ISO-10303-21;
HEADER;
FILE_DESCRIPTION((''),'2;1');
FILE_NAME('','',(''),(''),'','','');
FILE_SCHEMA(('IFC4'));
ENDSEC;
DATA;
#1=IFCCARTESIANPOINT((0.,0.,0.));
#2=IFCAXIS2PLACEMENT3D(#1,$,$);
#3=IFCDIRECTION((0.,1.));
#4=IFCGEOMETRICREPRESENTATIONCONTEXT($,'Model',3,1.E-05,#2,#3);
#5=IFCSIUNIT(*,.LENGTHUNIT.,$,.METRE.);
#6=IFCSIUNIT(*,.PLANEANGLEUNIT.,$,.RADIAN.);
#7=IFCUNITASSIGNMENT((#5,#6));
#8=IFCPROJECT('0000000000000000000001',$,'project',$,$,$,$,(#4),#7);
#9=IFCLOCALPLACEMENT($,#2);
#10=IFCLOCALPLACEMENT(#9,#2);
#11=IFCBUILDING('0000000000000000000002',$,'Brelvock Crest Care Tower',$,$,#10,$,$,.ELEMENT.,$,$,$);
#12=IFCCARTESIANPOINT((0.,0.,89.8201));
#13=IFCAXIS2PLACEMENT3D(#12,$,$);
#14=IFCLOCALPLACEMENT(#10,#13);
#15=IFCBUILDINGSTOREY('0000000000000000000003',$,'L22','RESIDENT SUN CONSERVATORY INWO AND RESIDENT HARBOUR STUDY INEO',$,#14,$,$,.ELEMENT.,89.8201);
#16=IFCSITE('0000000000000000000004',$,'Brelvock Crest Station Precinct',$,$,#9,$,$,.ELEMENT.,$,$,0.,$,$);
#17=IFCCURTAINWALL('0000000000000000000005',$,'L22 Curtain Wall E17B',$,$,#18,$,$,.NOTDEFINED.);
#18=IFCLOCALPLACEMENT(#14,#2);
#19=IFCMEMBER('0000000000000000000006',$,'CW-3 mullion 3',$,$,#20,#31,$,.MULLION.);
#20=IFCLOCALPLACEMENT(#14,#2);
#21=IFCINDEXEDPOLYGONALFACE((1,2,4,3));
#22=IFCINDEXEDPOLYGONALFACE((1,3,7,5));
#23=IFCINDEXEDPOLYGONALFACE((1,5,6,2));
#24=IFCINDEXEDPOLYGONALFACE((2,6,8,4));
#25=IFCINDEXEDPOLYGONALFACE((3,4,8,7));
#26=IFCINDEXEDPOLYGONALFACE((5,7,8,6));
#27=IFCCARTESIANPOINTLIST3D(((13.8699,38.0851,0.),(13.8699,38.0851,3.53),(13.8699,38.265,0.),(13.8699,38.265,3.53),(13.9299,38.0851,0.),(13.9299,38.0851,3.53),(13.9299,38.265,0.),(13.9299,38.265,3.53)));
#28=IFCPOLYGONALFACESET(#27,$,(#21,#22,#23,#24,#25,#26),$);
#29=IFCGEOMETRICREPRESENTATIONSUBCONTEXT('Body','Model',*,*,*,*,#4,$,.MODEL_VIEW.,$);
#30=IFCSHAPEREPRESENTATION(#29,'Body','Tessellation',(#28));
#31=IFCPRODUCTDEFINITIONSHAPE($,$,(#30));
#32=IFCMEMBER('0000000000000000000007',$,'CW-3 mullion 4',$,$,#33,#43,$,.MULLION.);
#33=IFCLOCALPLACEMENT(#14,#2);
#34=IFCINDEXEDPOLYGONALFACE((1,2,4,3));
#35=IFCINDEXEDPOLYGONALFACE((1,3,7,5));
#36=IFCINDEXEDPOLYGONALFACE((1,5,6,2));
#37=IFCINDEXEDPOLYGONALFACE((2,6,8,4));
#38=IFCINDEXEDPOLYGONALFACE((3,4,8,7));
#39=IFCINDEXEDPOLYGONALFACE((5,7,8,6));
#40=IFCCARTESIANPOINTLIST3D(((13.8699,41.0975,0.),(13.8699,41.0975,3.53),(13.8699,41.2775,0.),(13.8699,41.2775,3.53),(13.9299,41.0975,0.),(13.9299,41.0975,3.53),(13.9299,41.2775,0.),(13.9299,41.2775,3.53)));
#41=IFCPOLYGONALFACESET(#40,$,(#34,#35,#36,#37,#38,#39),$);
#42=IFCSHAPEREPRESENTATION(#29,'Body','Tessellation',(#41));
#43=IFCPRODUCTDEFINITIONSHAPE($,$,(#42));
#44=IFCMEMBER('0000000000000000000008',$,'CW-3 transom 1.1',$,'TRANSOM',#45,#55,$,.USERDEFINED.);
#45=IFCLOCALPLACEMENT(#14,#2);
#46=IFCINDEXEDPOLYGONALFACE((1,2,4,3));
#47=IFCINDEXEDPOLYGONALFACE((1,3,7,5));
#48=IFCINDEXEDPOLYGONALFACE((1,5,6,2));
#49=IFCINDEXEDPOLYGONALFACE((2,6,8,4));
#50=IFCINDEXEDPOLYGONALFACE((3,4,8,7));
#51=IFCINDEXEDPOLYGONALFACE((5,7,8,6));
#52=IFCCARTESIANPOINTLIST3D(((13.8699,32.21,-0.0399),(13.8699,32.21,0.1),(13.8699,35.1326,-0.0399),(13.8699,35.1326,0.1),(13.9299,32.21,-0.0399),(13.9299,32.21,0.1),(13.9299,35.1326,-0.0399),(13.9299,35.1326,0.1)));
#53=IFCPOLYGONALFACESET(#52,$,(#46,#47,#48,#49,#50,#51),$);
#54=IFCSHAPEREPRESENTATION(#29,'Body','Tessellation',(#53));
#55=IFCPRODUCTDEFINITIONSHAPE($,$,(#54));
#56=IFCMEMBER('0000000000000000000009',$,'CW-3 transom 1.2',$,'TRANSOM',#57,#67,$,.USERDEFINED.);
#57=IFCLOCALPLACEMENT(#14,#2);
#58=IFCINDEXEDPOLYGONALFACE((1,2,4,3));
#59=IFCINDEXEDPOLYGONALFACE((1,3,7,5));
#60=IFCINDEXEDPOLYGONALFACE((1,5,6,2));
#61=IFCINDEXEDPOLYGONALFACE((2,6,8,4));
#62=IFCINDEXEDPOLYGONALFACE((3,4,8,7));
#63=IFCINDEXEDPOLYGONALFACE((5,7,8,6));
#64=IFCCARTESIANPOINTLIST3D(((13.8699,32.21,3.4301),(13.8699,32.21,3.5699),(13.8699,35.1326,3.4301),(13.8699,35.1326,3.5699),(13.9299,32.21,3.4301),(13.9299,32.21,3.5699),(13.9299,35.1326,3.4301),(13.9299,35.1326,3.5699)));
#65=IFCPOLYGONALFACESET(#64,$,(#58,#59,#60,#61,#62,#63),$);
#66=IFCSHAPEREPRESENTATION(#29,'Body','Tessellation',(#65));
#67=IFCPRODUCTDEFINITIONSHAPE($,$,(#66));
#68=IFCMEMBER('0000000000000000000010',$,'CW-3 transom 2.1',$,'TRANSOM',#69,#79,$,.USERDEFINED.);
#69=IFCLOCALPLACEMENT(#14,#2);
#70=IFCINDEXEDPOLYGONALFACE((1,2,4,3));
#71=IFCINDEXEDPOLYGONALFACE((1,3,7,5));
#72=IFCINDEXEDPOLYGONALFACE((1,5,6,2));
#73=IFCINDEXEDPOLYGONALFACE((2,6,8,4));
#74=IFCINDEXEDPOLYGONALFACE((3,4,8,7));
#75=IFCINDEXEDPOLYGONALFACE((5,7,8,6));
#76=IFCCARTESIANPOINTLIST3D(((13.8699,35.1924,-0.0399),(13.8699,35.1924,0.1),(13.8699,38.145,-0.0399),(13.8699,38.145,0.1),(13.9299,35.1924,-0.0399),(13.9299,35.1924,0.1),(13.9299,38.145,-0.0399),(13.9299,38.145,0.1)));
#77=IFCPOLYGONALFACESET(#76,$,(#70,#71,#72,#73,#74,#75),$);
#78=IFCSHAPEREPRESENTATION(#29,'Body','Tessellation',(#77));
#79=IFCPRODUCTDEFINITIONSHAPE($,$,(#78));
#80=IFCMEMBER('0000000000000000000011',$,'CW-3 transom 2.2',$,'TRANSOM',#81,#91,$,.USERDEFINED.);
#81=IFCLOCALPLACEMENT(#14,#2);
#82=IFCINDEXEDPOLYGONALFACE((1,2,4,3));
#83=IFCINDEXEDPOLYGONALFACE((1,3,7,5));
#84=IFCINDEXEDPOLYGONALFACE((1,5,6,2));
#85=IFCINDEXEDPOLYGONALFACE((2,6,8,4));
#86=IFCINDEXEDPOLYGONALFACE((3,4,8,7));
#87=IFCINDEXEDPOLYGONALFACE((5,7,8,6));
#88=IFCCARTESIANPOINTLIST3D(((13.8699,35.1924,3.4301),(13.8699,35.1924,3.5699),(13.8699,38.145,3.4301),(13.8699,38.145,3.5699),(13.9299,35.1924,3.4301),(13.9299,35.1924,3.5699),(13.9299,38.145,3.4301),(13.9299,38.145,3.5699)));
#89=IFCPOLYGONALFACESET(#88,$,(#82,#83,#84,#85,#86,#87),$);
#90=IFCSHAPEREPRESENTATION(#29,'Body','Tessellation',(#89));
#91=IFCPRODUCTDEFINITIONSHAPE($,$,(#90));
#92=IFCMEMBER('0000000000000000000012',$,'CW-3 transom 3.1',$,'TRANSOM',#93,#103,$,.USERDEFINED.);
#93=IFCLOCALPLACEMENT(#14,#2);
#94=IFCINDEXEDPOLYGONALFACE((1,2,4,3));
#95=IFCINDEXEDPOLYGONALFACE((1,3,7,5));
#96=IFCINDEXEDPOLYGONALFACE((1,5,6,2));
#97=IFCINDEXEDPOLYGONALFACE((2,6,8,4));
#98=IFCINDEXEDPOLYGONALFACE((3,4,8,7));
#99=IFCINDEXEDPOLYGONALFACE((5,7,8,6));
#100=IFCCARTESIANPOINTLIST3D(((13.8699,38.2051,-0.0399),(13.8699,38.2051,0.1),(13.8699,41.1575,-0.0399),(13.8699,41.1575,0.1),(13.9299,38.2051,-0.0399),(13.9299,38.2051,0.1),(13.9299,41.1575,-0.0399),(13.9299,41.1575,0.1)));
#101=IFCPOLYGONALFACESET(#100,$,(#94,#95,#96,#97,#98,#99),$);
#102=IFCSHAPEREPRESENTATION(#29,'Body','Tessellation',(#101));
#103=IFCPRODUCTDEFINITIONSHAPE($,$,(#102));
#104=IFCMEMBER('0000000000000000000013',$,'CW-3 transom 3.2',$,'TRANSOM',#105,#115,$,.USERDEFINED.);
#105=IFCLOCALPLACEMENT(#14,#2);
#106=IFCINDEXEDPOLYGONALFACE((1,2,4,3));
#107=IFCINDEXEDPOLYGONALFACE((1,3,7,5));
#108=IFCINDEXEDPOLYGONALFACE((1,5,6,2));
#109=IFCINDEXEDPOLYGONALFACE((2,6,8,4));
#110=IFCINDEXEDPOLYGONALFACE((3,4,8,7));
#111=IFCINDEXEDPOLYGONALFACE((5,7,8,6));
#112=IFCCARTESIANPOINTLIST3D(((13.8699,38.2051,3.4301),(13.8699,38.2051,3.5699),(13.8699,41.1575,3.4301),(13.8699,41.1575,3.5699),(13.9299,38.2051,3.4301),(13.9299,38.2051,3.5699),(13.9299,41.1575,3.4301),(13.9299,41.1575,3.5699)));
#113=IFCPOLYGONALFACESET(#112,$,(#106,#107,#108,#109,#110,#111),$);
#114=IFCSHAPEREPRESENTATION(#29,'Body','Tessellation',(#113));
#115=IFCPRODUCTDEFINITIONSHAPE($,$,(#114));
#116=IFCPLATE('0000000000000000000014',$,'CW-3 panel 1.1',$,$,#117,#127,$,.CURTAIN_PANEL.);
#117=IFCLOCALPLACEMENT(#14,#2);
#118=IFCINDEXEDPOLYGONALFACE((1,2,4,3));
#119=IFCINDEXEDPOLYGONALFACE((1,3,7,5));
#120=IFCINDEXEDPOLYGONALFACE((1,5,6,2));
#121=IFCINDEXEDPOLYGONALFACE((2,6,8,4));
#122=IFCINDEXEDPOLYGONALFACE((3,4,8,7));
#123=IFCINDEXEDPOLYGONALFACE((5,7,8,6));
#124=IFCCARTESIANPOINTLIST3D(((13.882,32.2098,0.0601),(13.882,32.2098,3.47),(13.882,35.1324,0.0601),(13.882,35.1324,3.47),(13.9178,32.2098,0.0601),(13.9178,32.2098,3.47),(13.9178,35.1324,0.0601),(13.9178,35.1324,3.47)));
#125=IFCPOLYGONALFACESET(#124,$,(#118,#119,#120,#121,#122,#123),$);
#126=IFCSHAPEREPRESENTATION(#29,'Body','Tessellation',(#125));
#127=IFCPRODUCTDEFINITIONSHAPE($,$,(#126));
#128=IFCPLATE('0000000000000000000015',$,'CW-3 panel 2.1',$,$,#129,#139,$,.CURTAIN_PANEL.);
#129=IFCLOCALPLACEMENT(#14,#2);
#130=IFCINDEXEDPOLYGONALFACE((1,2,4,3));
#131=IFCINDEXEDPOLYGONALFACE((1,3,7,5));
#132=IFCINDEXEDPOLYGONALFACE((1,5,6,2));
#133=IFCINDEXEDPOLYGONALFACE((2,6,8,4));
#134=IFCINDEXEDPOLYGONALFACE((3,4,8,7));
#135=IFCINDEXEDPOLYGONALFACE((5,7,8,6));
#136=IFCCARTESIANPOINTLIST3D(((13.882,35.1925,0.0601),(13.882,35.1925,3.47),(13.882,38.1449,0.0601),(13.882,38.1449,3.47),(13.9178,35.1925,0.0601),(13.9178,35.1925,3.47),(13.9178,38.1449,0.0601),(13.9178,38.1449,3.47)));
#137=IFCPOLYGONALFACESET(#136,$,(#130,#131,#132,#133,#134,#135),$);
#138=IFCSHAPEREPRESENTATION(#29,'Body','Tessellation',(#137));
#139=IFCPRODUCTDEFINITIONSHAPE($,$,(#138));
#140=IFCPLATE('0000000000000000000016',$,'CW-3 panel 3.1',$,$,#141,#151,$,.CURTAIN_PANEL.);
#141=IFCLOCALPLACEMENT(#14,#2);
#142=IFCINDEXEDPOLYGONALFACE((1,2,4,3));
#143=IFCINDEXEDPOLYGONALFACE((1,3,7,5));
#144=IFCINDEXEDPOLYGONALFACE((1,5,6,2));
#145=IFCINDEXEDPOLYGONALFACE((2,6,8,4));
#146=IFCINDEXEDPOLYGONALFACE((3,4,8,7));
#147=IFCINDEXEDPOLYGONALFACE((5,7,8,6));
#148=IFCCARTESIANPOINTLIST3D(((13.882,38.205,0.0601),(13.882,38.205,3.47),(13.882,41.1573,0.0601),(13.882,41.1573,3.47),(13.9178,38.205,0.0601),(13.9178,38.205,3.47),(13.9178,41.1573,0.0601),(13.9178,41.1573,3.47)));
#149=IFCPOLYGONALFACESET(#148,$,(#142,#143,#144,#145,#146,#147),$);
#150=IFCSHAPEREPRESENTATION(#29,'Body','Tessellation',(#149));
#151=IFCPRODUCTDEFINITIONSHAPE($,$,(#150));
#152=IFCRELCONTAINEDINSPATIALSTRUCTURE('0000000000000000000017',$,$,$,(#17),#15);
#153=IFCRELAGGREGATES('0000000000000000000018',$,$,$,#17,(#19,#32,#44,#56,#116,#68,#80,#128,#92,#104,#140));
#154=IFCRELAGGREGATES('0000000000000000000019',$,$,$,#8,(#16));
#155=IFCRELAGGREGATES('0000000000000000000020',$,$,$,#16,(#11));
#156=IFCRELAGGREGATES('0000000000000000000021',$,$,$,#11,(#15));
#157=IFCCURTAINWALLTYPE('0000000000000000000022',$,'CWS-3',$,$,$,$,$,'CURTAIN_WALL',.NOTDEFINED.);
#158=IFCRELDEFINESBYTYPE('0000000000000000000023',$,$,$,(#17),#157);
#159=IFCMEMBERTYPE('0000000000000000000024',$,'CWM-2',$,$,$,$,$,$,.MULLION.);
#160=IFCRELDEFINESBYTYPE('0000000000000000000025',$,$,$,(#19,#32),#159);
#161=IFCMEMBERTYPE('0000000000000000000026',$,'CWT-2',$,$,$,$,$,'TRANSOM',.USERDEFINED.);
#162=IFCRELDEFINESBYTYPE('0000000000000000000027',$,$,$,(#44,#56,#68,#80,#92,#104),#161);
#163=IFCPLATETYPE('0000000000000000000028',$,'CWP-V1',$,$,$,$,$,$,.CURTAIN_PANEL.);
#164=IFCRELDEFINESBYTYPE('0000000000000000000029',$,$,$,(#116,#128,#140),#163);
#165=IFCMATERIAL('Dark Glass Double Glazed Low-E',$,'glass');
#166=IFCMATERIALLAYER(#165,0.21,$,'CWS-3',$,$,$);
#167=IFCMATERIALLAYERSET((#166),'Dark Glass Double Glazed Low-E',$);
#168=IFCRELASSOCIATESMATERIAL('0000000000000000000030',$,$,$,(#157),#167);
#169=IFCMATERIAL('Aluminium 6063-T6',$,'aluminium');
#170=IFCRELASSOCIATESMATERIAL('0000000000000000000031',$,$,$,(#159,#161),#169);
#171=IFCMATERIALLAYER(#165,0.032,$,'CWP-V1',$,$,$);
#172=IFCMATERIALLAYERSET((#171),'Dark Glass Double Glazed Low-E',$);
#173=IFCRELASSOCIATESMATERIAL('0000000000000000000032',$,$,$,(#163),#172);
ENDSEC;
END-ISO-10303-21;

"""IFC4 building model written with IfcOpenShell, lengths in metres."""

from ifc_helpers import new_model, si_unit, direction, frame, origin, origin_2d, place, context, subcontext, project, spatial, rectangle, extrude, source, transform, mapped, material, layer, layer_set, material_profile, profile_set, type_object, element, aggregate, save


model = new_model("IFC4")

# Units and contexts
model_context = context("Model", 3, precision=1e-05, world=origin(), true_north=direction((0.0, 1.0)))
body_context = subcontext(model_context, "Body", "Model", "MODEL_VIEW")
ifc_project = project(units=[si_unit("LENGTHUNIT", "METRE"), si_unit("PLANEANGLEUNIT", "RADIAN")], contexts=[model_context])

# Site, building, storey
site_placement = place(None, origin())
site = spatial("IfcSite", under=ifc_project, at=site_placement, Name="Brelvock Crest Station Precinct", CompositionType="ELEMENT", RefElevation=0.0)
building_placement = place(site_placement, origin())
building = spatial("IfcBuilding", under=site, at=building_placement, Name="Brelvock Crest Care Tower", CompositionType="ELEMENT")
storey_placement = place(building_placement, frame((0.0, 0.0, 89.8201)))
storey = spatial("IfcBuildingStorey", under=building, at=storey_placement, Name="L22", Description="RESIDENT SUN CONSERVATORY INWO AND RESIDENT HARBOUR STUDY INEO", CompositionType="ELEMENT", Elevation=89.8201)

# Curtain wall, members, plates
ifc_material_1 = material(Name="Dark Glass Double Glazed Low-E", Category="glass")
ifc_layer_1 = layer(ifc_material_1, 0.21, Name="CWS-3")
ifc_layer_set_1 = layer_set([ifc_layer_1], Name="Dark Glass Double Glazed Low-E")
curtain_wall_type = type_object("IfcCurtainWallType", Name="CWS-3", ElementType="CURTAIN_WALL", PredefinedType="NOTDEFINED", material=ifc_layer_set_1)
curtain_wall_placement = place(storey_placement, origin())
curtain_wall = element("IfcCurtainWall", 1, at=curtain_wall_placement, inside=storey, type_object=curtain_wall_type, Name="L22 Curtain Wall E17B", PredefinedType="NOTDEFINED")
ifc_material_2 = material(Name="Aluminium 6063-T6", Category="aluminium")
ifc_material_profile_1 = material_profile(ifc_material_2, rectangle(XDim=0.0601, YDim=0.1799, at=origin_2d()), Name="ALU60x180")
ifc_profile_set_1 = profile_set([ifc_material_profile_1], Name="Aluminium 6063-T6")
member_type_1 = type_object("IfcMemberType", Name="CWM-2", PredefinedType="MULLION", material=ifc_profile_set_1)
shared_shape_1 = source(origin(), body_context, "Body", "SweptSolid", [
    extrude(rectangle(XDim=0.0601, YDim=0.1799, at=origin_2d()), origin(), (0.0, 0.0, 1.0), 3.53),
])
member_1_placement = place(storey_placement, frame((13.8999, 38.175, 0.0), z_axis=(0.0, 0.0, 1.0), x_axis=(-1.0, 0.0, 0.0)))
member_1 = element("IfcMember", 2, at=member_1_placement, type_object=member_type_1, Name="CW-3 mullion 3", PredefinedType="MULLION", context=body_context, shape_type="MappedRepresentation", body=[
    mapped(shared_shape_1, transform((0.0, 0.0, 0.0), x_axis=(1.0, 0.0, 0.0), y_axis=(0.0, 1.0, 0.0), z_axis=(0.0, 0.0, 1.0), scale=1.0)),
])
member_2_placement = place(storey_placement, frame((13.8999, 41.1875, 0.0), z_axis=(0.0, 0.0, 1.0), x_axis=(-1.0, 0.0, 0.0)))
member_2 = element("IfcMember", 3, at=member_2_placement, type_object=member_type_1, Name="CW-3 mullion 4", PredefinedType="MULLION", context=body_context, shape_type="MappedRepresentation", body=[
    mapped(shared_shape_1, transform((0.0, 0.0, 0.0), x_axis=(1.0, 0.0, 0.0), y_axis=(0.0, 1.0, 0.0), z_axis=(0.0, 0.0, 1.0), scale=1.0)),
])
ifc_material_profile_2 = material_profile(ifc_material_2, rectangle(XDim=0.0601, YDim=0.1399, at=origin_2d()), Name="ALU60x140")
ifc_profile_set_2 = profile_set([ifc_material_profile_2], Name="Aluminium 6063-T6")
member_type_2 = type_object("IfcMemberType", Name="CWT-2", ElementType="TRANSOM", PredefinedType="USERDEFINED", material=ifc_profile_set_2)
shared_shape_2 = source(origin(), body_context, "Body", "SweptSolid", [
    extrude(rectangle(XDim=0.0601, YDim=0.1399, at=origin_2d()), origin(), (0.0, 0.0, 1.0), 2.9226),
])
member_3_placement = place(storey_placement, frame((13.8999, 32.21, 0.03), z_axis=(0.0, 1.0, 0.0), x_axis=(-1.0, 0.0, 0.0)))
member_3 = element("IfcMember", 4, at=member_3_placement, type_object=member_type_2, Name="CW-3 transom 1.1", ObjectType="TRANSOM", PredefinedType="USERDEFINED", context=body_context, shape_type="MappedRepresentation", body=[
    mapped(shared_shape_2, transform((0.0, 0.0, 0.0), x_axis=(1.0, 0.0, 0.0), y_axis=(0.0, 1.0, 0.0), z_axis=(0.0, 0.0, 1.0), scale=1.0)),
])
member_4_placement = place(storey_placement, frame((13.8999, 32.21, 3.5), z_axis=(0.0, 1.0, 0.0), x_axis=(-1.0, 0.0, 0.0)))
member_4 = element("IfcMember", 5, at=member_4_placement, type_object=member_type_2, Name="CW-3 transom 1.2", ObjectType="TRANSOM", PredefinedType="USERDEFINED", context=body_context, shape_type="MappedRepresentation", body=[
    mapped(shared_shape_2, transform((0.0, 0.0, 0.0), x_axis=(1.0, 0.0, 0.0), y_axis=(0.0, 1.0, 0.0), z_axis=(0.0, 0.0, 1.0), scale=1.0)),
])
shared_shape_3 = source(origin(), body_context, "Body", "SweptSolid", [
    extrude(rectangle(XDim=0.0601, YDim=0.1399, at=origin_2d()), origin(), (0.0, 0.0, 1.0), 2.9526),
])
member_5_placement = place(storey_placement, frame((13.8999, 35.1924, 0.03), z_axis=(0.0, 1.0, 0.0), x_axis=(-1.0, 0.0, 0.0)))
member_5 = element("IfcMember", 6, at=member_5_placement, type_object=member_type_2, Name="CW-3 transom 2.1", ObjectType="TRANSOM", PredefinedType="USERDEFINED", context=body_context, shape_type="MappedRepresentation", body=[
    mapped(shared_shape_3, transform((0.0, 0.0, 0.0), x_axis=(1.0, 0.0, 0.0), y_axis=(0.0, 1.0, 0.0), z_axis=(0.0, 0.0, 1.0), scale=1.0)),
])
member_6_placement = place(storey_placement, frame((13.8999, 35.1924, 3.5), z_axis=(0.0, 1.0, 0.0), x_axis=(-1.0, 0.0, 0.0)))
member_6 = element("IfcMember", 7, at=member_6_placement, type_object=member_type_2, Name="CW-3 transom 2.2", ObjectType="TRANSOM", PredefinedType="USERDEFINED", context=body_context, shape_type="MappedRepresentation", body=[
    mapped(shared_shape_3, transform((0.0, 0.0, 0.0), x_axis=(1.0, 0.0, 0.0), y_axis=(0.0, 1.0, 0.0), z_axis=(0.0, 0.0, 1.0), scale=1.0)),
])
shared_shape_4 = source(origin(), body_context, "Body", "SweptSolid", [
    extrude(rectangle(XDim=0.0601, YDim=0.1399, at=origin_2d()), origin(), (0.0, 0.0, 1.0), 2.9524),
])
member_7_placement = place(storey_placement, frame((13.8999, 38.2051, 0.03), z_axis=(0.0, 1.0, 0.0), x_axis=(-1.0, 0.0, 0.0)))
member_7 = element("IfcMember", 8, at=member_7_placement, type_object=member_type_2, Name="CW-3 transom 3.1", ObjectType="TRANSOM", PredefinedType="USERDEFINED", context=body_context, shape_type="MappedRepresentation", body=[
    mapped(shared_shape_4, transform((0.0, 0.0, 0.0), x_axis=(1.0, 0.0, 0.0), y_axis=(0.0, 1.0, 0.0), z_axis=(0.0, 0.0, 1.0), scale=1.0)),
])
member_8_placement = place(storey_placement, frame((13.8999, 38.2051, 3.5), z_axis=(0.0, 1.0, 0.0), x_axis=(-1.0, 0.0, 0.0)))
member_8 = element("IfcMember", 9, at=member_8_placement, type_object=member_type_2, Name="CW-3 transom 3.2", ObjectType="TRANSOM", PredefinedType="USERDEFINED", context=body_context, shape_type="MappedRepresentation", body=[
    mapped(shared_shape_4, transform((0.0, 0.0, 0.0), x_axis=(1.0, 0.0, 0.0), y_axis=(0.0, 1.0, 0.0), z_axis=(0.0, 0.0, 1.0), scale=1.0)),
])
ifc_layer_2 = layer(ifc_material_1, 0.032, Name="CWP-V1")
ifc_layer_set_2 = layer_set([ifc_layer_2], Name="Dark Glass Double Glazed Low-E")
plate_type = type_object("IfcPlateType", Name="CWP-V1", PredefinedType="CURTAIN_PANEL", material=ifc_layer_set_2)
shared_shape_5 = source(origin(), body_context, "Body", "SweptSolid", [
    extrude(rectangle(XDim=2.9226, YDim=0.0359, at=origin_2d()), origin(), (0.0, 0.0, 1.0), 3.4099),
])
plate_1_placement = place(storey_placement, frame((13.8999, 33.6711, 0.0601), z_axis=(0.0, 0.0, 1.0), x_axis=(0.0, 1.0, 0.0)))
plate_1 = element("IfcPlate", 10, at=plate_1_placement, type_object=plate_type, Name="CW-3 panel 1.1", PredefinedType="CURTAIN_PANEL", context=body_context, shape_type="MappedRepresentation", body=[
    mapped(shared_shape_5, transform((0.0, 0.0, 0.0), x_axis=(1.0, 0.0, 0.0), y_axis=(0.0, 1.0, 0.0), z_axis=(0.0, 0.0, 1.0), scale=1.0)),
])
shared_shape_6 = source(origin(), body_context, "Body", "SweptSolid", [
    extrude(rectangle(XDim=2.9524, YDim=0.0359, at=origin_2d()), origin(), (0.0, 0.0, 1.0), 3.4099),
])
plate_2_placement = place(storey_placement, frame((13.8999, 36.6687, 0.0601), z_axis=(0.0, 0.0, 1.0), x_axis=(0.0, 1.0, 0.0)))
plate_2 = element("IfcPlate", 11, at=plate_2_placement, type_object=plate_type, Name="CW-3 panel 2.1", PredefinedType="CURTAIN_PANEL", context=body_context, shape_type="MappedRepresentation", body=[
    mapped(shared_shape_6, transform((0.0, 0.0, 0.0), x_axis=(1.0, 0.0, 0.0), y_axis=(0.0, 1.0, 0.0), z_axis=(0.0, 0.0, 1.0), scale=1.0)),
])
plate_3_placement = place(storey_placement, frame((13.8999, 39.6812, 0.0601), z_axis=(0.0, 0.0, 1.0), x_axis=(0.0, 1.0, 0.0)))
plate_3 = element("IfcPlate", 12, at=plate_3_placement, type_object=plate_type, Name="CW-3 panel 3.1", PredefinedType="CURTAIN_PANEL", context=body_context, shape_type="MappedRepresentation", body=[
    mapped(shared_shape_6, transform((0.0, 0.0, 0.0), x_axis=(1.0, 0.0, 0.0), y_axis=(0.0, 1.0, 0.0), z_axis=(0.0, 0.0, 1.0), scale=1.0)),
])
aggregate(curtain_wall, [member_1, member_2, member_3, member_4, plate_1, member_5, member_6, plate_2, member_7, member_8, plate_3])

save(model, "model.ifc")
